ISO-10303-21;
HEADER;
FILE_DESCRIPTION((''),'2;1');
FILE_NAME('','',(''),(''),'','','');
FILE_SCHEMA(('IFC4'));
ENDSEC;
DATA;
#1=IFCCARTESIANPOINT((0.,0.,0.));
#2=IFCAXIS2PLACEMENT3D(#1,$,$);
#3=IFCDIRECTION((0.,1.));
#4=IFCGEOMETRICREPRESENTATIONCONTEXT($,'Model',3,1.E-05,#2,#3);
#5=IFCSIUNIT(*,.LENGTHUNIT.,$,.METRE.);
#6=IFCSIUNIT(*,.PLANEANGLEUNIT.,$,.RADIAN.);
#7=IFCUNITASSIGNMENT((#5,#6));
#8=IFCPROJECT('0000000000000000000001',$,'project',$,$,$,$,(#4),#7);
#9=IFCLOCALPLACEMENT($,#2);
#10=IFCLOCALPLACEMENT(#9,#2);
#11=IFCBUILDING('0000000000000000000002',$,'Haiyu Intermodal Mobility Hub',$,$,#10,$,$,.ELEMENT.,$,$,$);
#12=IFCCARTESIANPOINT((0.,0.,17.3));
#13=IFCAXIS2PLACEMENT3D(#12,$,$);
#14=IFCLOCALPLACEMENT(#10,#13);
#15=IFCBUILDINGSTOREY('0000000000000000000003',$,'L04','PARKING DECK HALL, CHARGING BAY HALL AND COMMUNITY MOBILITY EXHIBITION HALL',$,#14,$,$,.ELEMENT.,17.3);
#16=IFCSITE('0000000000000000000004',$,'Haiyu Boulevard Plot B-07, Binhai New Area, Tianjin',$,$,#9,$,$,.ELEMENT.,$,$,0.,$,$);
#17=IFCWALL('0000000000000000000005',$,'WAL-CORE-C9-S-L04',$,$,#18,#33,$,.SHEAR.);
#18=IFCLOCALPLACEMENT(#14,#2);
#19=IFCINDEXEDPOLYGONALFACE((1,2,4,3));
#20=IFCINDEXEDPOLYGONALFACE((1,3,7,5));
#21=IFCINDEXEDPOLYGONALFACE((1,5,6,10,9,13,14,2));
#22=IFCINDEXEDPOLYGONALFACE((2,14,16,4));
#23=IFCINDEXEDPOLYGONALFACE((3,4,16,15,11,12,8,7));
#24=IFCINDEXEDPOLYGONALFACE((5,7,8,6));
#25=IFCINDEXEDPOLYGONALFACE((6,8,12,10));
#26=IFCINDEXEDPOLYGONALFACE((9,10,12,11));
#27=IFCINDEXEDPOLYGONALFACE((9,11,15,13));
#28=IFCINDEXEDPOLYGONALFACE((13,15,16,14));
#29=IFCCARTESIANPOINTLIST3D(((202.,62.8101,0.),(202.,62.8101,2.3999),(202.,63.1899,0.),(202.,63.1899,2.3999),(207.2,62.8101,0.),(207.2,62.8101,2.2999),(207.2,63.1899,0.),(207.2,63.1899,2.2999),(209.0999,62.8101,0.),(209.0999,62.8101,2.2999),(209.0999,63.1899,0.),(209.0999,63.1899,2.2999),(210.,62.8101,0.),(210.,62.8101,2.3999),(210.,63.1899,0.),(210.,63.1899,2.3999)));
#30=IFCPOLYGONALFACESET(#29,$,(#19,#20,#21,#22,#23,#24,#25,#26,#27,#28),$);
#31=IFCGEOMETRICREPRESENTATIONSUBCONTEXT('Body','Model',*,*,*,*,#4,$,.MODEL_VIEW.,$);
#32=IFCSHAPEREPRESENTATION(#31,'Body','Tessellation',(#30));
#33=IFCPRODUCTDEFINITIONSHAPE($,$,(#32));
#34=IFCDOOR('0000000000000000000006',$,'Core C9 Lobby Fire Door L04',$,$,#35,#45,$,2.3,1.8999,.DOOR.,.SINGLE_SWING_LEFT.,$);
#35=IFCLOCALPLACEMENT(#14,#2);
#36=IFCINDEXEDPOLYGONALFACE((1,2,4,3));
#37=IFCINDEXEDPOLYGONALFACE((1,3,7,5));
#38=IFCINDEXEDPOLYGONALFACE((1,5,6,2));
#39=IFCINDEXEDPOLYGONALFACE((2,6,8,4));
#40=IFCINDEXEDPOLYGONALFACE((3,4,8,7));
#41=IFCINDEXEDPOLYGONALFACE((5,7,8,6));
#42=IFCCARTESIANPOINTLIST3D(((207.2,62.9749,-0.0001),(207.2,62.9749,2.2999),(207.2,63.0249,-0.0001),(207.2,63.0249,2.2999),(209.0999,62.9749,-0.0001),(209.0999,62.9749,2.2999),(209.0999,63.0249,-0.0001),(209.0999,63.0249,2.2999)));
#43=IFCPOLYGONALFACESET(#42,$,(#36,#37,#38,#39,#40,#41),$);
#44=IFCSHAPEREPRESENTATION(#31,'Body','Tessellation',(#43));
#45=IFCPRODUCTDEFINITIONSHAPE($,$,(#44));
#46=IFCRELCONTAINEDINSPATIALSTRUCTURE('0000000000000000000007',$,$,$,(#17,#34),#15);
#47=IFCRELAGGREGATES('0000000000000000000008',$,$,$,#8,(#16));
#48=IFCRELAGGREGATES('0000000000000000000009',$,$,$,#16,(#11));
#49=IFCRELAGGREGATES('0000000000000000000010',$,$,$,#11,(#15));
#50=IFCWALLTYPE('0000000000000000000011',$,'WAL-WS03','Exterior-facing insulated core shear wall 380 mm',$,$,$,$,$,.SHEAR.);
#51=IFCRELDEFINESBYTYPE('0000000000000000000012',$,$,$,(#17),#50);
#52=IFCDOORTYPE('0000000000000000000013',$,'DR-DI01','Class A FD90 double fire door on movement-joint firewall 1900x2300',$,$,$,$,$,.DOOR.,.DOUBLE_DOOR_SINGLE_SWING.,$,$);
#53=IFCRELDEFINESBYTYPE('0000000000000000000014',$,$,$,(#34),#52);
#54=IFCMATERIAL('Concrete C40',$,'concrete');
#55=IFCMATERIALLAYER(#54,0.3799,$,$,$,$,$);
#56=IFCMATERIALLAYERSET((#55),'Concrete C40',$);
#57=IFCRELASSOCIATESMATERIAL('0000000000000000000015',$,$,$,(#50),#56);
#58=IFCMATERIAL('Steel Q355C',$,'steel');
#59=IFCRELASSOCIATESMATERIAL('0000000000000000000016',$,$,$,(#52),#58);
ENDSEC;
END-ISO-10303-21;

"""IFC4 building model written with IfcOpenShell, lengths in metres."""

from ifc_helpers import new_model, si_unit, direction, frame, frame_2d, origin, place, context, subcontext, project, spatial, rectangle, extrude, material, layer, layer_set, type_object, element, fill, save


model = new_model("IFC4")

# Units and contexts
model_context = context("Model", 3, precision=1e-05, world=origin(), true_north=direction((0.0, 1.0)))
body_context = subcontext(model_context, "Body", "Model", "MODEL_VIEW")
ifc_project = project(units=[si_unit("LENGTHUNIT", "METRE"), si_unit("PLANEANGLEUNIT", "RADIAN")], contexts=[model_context])

# Site, building, storey
site_placement = place(None, origin())
site = spatial("IfcSite", under=ifc_project, at=site_placement, Name="Haiyu Boulevard Plot B-07, Binhai New Area, Tianjin", CompositionType="ELEMENT", RefElevation=0.0)
building_placement = place(site_placement, origin())
building = spatial("IfcBuilding", under=site, at=building_placement, Name="Haiyu Intermodal Mobility Hub", CompositionType="ELEMENT")
storey_placement = place(building_placement, frame((0.0, 0.0, 17.3)))
storey = spatial("IfcBuildingStorey", under=building, at=storey_placement, Name="L04", Description="PARKING DECK HALL, CHARGING BAY HALL AND COMMUNITY MOBILITY EXHIBITION HALL", CompositionType="ELEMENT", Elevation=17.3)

# Shared definitions
ifc_material_1 = material(Name="Steel Q355C", Category="steel")

# Shared definitions
ifc_material_2 = material(Name="Concrete C40", Category="concrete")

# Wall, opening, door
ifc_layer = layer(ifc_material_2, 0.3799)
ifc_layer_set = layer_set([ifc_layer], Name="Concrete C40")
wall_type = type_object("IfcWallType", Name="WAL-WS03", Description="Exterior-facing insulated core shear wall 380 mm", PredefinedType="SHEAR", material=ifc_layer_set)
wall_placement = place(storey_placement, frame((202.0, 63.0, 0.0), z_axis=(0.0, 0.0, 1.0), x_axis=(1.0, 0.0, 0.0)))
wall = element("IfcWall", 1, at=wall_placement, inside=storey, type_object=wall_type, Name="WAL-CORE-C9-S-L04", PredefinedType="SHEAR", context=body_context, shape_type="SweptSolid", body=[
    extrude(rectangle(XDim=8.0, YDim=0.3799, at=frame_2d((4.0, 0.0))), origin(), (0.0, 0.0, 1.0), 2.3999),
])
opening_placement = place(wall_placement, frame((5.2, 0.0, 0.0)))
opening = element("IfcOpeningElement", 2, at=opening_placement, cuts=wall, PredefinedType="OPENING", context=body_context, shape_type="SweptSolid", body=[
    extrude(rectangle(XDim=1.8999, YDim=2.3, at=frame_2d((0.95, 1.1499))), frame((0.0, 0.2, 0.0), z_axis=(0.0, -1.0, 0.0), x_axis=(1.0, 0.0, 0.0)), (0.0, 0.0, 1.0), 0.3999),
])
door_type = type_object("IfcDoorType", Name="DR-DI01", Description="Class A FD90 double fire door on movement-joint firewall 1900x2300", OperationType="DOUBLE_DOOR_SINGLE_SWING", PredefinedType="DOOR", material=ifc_material_1)
door_placement = place(opening_placement, origin())
door = element("IfcDoor", 3, at=door_placement, inside=storey, type_object=door_type, Name="Core C9 Lobby Fire Door L04", OperationType="SINGLE_SWING_LEFT", OverallHeight=2.3, OverallWidth=1.8999, PredefinedType="DOOR", context=body_context, shape_type="SweptSolid", body=[
    extrude(rectangle(XDim=1.8999, YDim=2.3, at=frame_2d((0.95, 1.1499))), frame((0.0, 0.0249, 0.0), z_axis=(0.0, -1.0, 0.0), x_axis=(1.0, 0.0, 0.0)), (0.0, 0.0, 1.0), 0.05),
])
fill(opening, door)

save(model, "model.ifc")
